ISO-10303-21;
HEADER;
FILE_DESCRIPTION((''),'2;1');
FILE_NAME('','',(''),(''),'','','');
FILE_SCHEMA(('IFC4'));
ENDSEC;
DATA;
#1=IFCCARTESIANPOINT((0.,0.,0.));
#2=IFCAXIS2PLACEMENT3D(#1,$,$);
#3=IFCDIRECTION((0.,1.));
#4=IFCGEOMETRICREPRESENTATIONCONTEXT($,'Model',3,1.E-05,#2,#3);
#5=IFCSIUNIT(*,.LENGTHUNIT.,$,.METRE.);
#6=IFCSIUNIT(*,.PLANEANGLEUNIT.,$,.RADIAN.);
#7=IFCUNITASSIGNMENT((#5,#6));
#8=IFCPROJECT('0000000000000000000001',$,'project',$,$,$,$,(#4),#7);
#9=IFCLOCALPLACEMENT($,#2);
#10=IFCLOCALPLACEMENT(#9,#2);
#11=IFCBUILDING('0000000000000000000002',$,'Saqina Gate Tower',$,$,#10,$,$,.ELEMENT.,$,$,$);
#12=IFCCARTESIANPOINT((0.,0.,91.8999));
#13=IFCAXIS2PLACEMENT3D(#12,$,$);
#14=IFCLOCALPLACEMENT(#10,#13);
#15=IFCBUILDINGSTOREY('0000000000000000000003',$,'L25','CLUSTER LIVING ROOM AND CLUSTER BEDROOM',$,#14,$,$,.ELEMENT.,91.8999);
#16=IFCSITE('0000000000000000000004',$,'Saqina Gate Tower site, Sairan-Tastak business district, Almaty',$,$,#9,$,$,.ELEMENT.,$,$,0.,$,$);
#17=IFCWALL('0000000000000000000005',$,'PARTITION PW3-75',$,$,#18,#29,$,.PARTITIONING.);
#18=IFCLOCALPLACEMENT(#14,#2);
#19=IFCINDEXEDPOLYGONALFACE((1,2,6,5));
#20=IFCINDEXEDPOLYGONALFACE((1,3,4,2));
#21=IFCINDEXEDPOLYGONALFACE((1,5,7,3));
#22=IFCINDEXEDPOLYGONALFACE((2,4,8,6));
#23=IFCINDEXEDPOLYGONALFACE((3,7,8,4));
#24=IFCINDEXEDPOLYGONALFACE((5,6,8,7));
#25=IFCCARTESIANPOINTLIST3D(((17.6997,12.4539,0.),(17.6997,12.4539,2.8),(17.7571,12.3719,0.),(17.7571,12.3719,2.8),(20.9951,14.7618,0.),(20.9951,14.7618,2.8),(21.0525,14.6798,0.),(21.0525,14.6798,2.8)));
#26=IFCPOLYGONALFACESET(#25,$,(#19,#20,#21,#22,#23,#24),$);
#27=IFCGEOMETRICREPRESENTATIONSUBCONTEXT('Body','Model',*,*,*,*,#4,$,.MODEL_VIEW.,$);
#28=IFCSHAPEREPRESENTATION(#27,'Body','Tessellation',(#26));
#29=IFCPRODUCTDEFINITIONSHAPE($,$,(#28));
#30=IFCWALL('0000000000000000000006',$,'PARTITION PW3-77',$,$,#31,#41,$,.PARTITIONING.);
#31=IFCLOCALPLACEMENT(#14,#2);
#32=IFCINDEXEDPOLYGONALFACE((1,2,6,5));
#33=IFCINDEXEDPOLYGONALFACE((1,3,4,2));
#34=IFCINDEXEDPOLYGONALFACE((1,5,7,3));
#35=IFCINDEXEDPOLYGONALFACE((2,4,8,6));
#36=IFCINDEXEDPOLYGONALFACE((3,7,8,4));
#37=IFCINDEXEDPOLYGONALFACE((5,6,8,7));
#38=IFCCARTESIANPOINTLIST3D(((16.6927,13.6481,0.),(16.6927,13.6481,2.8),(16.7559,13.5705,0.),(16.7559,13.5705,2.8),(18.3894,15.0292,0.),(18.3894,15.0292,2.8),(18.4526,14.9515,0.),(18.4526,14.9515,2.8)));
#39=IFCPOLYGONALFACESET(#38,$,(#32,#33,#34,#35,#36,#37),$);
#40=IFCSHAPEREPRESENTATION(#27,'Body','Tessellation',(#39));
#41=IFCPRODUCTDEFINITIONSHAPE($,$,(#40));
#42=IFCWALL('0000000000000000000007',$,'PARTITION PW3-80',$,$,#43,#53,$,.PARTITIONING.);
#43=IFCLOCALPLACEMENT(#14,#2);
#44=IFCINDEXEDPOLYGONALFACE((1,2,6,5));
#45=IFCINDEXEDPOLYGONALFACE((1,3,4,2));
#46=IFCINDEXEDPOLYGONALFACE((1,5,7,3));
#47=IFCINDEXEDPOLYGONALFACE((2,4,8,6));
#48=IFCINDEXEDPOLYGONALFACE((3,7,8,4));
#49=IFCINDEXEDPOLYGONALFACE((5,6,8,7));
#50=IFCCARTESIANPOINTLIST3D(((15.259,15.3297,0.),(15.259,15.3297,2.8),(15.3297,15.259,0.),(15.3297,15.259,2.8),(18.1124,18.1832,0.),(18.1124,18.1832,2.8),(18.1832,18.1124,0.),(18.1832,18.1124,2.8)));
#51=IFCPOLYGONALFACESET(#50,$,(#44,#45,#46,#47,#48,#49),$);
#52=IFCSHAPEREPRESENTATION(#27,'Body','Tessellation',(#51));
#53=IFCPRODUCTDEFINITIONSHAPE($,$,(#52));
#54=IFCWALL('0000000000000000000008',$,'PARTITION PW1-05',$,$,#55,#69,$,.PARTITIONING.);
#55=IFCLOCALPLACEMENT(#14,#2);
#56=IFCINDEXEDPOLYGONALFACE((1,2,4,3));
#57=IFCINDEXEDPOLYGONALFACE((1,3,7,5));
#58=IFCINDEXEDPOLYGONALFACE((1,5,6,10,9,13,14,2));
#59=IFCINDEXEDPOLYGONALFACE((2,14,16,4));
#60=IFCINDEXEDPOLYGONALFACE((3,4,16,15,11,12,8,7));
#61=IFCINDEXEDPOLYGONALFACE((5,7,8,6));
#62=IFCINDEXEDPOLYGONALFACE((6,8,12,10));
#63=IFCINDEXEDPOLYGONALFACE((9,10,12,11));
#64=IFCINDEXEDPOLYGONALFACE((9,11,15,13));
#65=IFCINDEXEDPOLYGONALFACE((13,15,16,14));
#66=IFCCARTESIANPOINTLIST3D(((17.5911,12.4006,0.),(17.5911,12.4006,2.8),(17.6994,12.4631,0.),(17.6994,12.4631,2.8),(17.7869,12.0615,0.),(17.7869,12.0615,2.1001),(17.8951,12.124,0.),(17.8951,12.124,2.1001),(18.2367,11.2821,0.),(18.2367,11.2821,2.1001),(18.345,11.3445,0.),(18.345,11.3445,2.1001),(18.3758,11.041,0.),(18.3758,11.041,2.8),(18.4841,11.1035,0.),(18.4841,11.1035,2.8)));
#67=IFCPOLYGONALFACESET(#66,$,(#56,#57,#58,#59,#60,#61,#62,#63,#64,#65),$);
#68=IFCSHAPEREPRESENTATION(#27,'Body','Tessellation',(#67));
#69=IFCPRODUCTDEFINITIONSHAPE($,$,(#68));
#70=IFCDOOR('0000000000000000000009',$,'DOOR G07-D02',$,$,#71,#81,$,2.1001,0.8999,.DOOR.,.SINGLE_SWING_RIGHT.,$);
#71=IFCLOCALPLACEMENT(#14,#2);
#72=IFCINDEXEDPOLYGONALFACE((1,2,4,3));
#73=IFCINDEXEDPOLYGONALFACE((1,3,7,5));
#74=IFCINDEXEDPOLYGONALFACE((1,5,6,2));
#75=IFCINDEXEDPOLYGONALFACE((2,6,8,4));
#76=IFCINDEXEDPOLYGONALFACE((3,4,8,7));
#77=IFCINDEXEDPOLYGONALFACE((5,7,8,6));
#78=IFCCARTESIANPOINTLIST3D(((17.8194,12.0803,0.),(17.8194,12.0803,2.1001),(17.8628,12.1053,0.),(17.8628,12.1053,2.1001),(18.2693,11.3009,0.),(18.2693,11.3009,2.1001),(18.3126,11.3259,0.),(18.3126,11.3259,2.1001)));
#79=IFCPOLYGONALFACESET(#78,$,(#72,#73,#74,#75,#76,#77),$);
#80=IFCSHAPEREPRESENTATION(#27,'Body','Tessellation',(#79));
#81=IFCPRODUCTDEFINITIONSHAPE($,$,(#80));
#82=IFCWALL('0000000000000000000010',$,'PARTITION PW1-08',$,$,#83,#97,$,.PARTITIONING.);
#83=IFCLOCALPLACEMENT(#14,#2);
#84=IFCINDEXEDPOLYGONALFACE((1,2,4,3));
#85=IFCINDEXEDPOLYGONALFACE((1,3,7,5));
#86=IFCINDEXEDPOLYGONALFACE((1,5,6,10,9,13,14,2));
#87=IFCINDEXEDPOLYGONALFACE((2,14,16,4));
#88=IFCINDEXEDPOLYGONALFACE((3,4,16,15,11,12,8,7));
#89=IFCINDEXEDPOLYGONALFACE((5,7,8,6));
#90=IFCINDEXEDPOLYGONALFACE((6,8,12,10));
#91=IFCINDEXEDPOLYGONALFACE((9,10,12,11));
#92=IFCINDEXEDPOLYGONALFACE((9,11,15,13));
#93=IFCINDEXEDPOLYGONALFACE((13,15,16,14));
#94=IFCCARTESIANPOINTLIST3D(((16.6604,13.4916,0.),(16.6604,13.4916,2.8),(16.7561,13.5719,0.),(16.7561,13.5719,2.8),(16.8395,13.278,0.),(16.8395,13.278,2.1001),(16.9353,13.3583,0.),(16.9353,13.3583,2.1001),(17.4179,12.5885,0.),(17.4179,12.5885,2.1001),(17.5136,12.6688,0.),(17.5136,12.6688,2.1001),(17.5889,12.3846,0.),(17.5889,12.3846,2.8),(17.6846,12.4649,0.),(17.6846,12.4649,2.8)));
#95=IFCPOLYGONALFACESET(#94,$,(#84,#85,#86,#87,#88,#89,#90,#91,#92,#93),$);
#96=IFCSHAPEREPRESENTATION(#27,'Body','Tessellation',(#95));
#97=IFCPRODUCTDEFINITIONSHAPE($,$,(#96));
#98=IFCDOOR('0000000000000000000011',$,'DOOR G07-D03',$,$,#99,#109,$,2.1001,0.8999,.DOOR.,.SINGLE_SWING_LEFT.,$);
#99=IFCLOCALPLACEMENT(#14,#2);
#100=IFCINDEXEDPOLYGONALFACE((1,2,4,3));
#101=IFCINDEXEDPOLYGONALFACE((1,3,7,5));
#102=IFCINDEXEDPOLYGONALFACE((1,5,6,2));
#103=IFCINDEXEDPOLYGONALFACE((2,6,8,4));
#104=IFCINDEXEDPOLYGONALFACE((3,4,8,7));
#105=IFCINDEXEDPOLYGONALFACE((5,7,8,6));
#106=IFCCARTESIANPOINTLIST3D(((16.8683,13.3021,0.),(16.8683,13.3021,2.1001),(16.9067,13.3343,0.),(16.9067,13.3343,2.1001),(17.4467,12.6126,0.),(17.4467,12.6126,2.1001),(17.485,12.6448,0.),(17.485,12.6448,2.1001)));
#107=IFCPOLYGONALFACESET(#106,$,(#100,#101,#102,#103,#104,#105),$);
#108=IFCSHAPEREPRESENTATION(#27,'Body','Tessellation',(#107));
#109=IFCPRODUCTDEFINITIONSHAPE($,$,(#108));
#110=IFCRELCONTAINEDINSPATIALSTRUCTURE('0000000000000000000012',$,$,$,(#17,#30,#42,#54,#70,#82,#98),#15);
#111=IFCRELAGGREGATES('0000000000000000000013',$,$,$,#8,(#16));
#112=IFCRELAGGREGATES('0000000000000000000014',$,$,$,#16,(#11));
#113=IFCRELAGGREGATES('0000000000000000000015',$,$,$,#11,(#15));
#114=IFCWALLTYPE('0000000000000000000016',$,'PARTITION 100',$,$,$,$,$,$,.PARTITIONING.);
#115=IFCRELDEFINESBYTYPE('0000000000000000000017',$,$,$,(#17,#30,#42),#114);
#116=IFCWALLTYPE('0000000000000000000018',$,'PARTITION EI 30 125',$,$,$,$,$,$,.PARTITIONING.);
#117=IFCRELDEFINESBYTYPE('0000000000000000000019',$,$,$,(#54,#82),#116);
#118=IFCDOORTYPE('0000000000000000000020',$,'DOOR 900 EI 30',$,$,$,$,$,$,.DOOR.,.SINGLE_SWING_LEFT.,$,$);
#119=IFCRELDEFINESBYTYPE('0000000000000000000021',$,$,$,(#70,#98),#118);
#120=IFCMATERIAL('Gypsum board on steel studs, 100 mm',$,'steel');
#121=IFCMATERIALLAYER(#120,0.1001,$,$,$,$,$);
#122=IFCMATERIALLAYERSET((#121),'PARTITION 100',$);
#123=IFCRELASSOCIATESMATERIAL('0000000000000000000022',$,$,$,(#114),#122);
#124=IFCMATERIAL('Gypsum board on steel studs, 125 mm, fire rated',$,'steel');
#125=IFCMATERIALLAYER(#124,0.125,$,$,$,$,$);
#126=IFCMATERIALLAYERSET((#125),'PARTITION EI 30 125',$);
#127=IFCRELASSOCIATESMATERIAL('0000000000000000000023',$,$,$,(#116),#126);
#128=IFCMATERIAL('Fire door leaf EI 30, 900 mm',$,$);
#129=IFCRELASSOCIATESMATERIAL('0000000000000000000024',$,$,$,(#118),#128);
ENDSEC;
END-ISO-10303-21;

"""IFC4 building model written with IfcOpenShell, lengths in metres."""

from ifc_helpers import new_model, si_unit, direction, frame, frame_2d, origin, place, context, subcontext, project, spatial, rectangle, extrude, material, layer, layer_set, type_object, element, fill, save


model = new_model("IFC4")

# Units and contexts
model_context = context("Model", 3, precision=1e-05, world=origin(), true_north=direction((0.0, 1.0)))
body_context = subcontext(model_context, "Body", "Model", "MODEL_VIEW")
ifc_project = project(units=[si_unit("LENGTHUNIT", "METRE"), si_unit("PLANEANGLEUNIT", "RADIAN")], contexts=[model_context])

# Site, building, storey
site_placement = place(None, origin())
site = spatial("IfcSite", under=ifc_project, at=site_placement, Name="Saqina Gate Tower site, Sairan-Tastak business district, Almaty", CompositionType="ELEMENT", RefElevation=0.0)
building_placement = place(site_placement, origin())
building = spatial("IfcBuilding", under=site, at=building_placement, Name="Saqina Gate Tower", CompositionType="ELEMENT")
storey_placement = place(building_placement, frame((0.0, 0.0, 91.8999)))
storey = spatial("IfcBuildingStorey", under=building, at=storey_placement, Name="L25", Description="CLUSTER LIVING ROOM AND CLUSTER BEDROOM", CompositionType="ELEMENT", Elevation=91.8999)

# Shared definitions
ifc_material_1 = material(Name="Gypsum board on steel studs, 100 mm", Category="steel")
ifc_layer_1 = layer(ifc_material_1, 0.1001)
ifc_layer_set_1 = layer_set([ifc_layer_1], Name="PARTITION 100")
wall_type_1 = type_object("IfcWallType", Name="PARTITION 100", PredefinedType="PARTITIONING", material=ifc_layer_set_1)

# Walls
wall_1_placement = place(storey_placement, frame((17.7283, 12.4128, 0.0), z_axis=(0.0, 0.0, 1.0), x_axis=(0.819106, 0.573642, 0.0)))
element("IfcWall", 1, at=wall_1_placement, inside=storey, type_object=wall_type_1, Name="PARTITION PW3-75", PredefinedType="PARTITIONING", context=body_context, shape_type="SweptSolid", body=[
    extrude(rectangle(XDim=4.0232, YDim=0.1001, at=frame_2d((2.0117, 0.0))), origin(), (0.0, 0.0, 1.0), 2.8),
])
wall_2_placement = place(storey_placement, frame((16.7244, 13.6094, 0.0), z_axis=(0.0, 0.0, 1.0), x_axis=(0.775561, 0.631273, 0.0)))
element("IfcWall", 2, at=wall_2_placement, inside=storey, type_object=wall_type_1, Name="PARTITION PW3-77", PredefinedType="PARTITIONING", context=body_context, shape_type="SweptSolid", body=[
    extrude(rectangle(XDim=2.1877, YDim=0.1001, at=frame_2d((1.0938, 0.0))), origin(), (0.0, 0.0, 1.0), 2.8),
])
wall_3_placement = place(storey_placement, frame((15.2944, 15.2944, 0.0), z_axis=(0.0, 0.0, 1.0), x_axis=(0.707107, 0.707107, 0.0)))
element("IfcWall", 3, at=wall_3_placement, inside=storey, type_object=wall_type_1, Name="PARTITION PW3-80", PredefinedType="PARTITIONING", context=body_context, shape_type="SweptSolid", body=[
    extrude(rectangle(XDim=4.0354, YDim=0.1001, at=frame_2d((2.0176, 0.0))), origin(), (0.0, 0.0, 1.0), 2.8),
])

# Walls, openings, doors
ifc_material_2 = material(Name="Gypsum board on steel studs, 125 mm, fire rated", Category="steel")
ifc_layer_2 = layer(ifc_material_2, 0.125)
ifc_layer_set_2 = layer_set([ifc_layer_2], Name="PARTITION EI 30 125")
wall_type_2 = type_object("IfcWallType", Name="PARTITION EI 30 125", PredefinedType="PARTITIONING", material=ifc_layer_set_2)
wall_4_placement = place(storey_placement, frame((17.6453, 12.4319, 0.0), z_axis=(0.0, 0.0, 1.0), x_axis=(0.499853, -0.86611, 0.0)))
wall_4 = element("IfcWall", 4, at=wall_4_placement, inside=storey, type_object=wall_type_2, Name="PARTITION PW1-05", PredefinedType="PARTITIONING", context=body_context, shape_type="SweptSolid", body=[
    extrude(rectangle(XDim=1.5698, YDim=0.125, at=frame_2d((0.7849, 0.0))), origin(), (0.0, 0.0, 1.0), 2.8),
])
opening_1_placement = place(wall_4_placement, frame((0.3916, 0.0, 0.0)))
opening_1 = element("IfcOpeningElement", 5, at=opening_1_placement, cuts=wall_4, PredefinedType="OPENING", context=body_context, shape_type="SweptSolid", body=[
    extrude(rectangle(XDim=0.8999, YDim=2.1001, at=frame_2d((0.45, 1.05))), frame((0.0, 0.0745, 0.0), z_axis=(0.0, -1.0, 0.0), x_axis=(1.0, 0.0, 0.0)), (0.0, 0.0, 1.0), 0.1489),
])
ifc_material_3 = material(Name="Fire door leaf EI 30, 900 mm")
door_type_1 = type_object("IfcDoorType", Name="DOOR 900 EI 30", OperationType="SINGLE_SWING_LEFT", PredefinedType="DOOR", material=ifc_material_3)
door_1_placement = place(opening_1_placement, frame((0.8999, 0.0, 0.0), z_axis=(0.0, 0.0, 1.0), x_axis=(-1.0, 0.0, 0.0)))
door_1 = element("IfcDoor", 6, at=door_1_placement, inside=storey, type_object=door_type_1, Name="DOOR G07-D02", OperationType="SINGLE_SWING_RIGHT", OverallHeight=2.1001, OverallWidth=0.8999, PredefinedType="DOOR", context=body_context, shape_type="SweptSolid", body=[
    extrude(rectangle(XDim=0.8999, YDim=2.1001, at=frame_2d((0.45, 1.05))), frame((0.0, 0.0249, 0.0), z_axis=(0.0, -1.0, 0.0), x_axis=(1.0, 0.0, 0.0)), (0.0, 0.0, 1.0), 0.05),
])
fill(opening_1, door_1)
wall_5_placement = place(storey_placement, frame((16.7083, 13.5317, 0.0), z_axis=(0.0, 0.0, 1.0), x_axis=(0.642641, -0.766167, 0.0)))
wall_5 = element("IfcWall", 7, at=wall_5_placement, inside=storey, type_object=wall_type_2, Name="PARTITION PW1-08", PredefinedType="PARTITIONING", context=body_context, shape_type="SweptSolid", body=[
    extrude(rectangle(XDim=1.4448, YDim=0.125, at=frame_2d((0.7224, 0.0))), origin(), (0.0, 0.0, 1.0), 2.8),
])
opening_2_placement = place(wall_5_placement, frame((0.2788, 0.0, 0.0)))
opening_2 = element("IfcOpeningElement", 8, at=opening_2_placement, cuts=wall_5, PredefinedType="OPENING", context=body_context, shape_type="SweptSolid", body=[
    extrude(rectangle(XDim=0.8999, YDim=2.1001, at=frame_2d((0.45, 1.05))), frame((0.0, 0.0745, 0.0), z_axis=(0.0, -1.0, 0.0), x_axis=(1.0, 0.0, 0.0)), (0.0, 0.0, 1.0), 0.1489),
])
door_2_placement = place(opening_2_placement, frame((0.8999, 0.0, 0.0), z_axis=(0.0, 0.0, 1.0), x_axis=(-1.0, 0.0, 0.0)))
door_2 = element("IfcDoor", 9, at=door_2_placement, inside=storey, type_object=door_type_1, Name="DOOR G07-D03", OperationType="SINGLE_SWING_LEFT", OverallHeight=2.1001, OverallWidth=0.8999, PredefinedType="DOOR", context=body_context, shape_type="SweptSolid", body=[
    extrude(rectangle(XDim=0.8999, YDim=2.1001, at=frame_2d((0.45, 1.05))), frame((0.0, 0.0249, 0.0), z_axis=(0.0, -1.0, 0.0), x_axis=(1.0, 0.0, 0.0)), (0.0, 0.0, 1.0), 0.05),
])
fill(opening_2, door_2)

save(model, "model.ifc")
